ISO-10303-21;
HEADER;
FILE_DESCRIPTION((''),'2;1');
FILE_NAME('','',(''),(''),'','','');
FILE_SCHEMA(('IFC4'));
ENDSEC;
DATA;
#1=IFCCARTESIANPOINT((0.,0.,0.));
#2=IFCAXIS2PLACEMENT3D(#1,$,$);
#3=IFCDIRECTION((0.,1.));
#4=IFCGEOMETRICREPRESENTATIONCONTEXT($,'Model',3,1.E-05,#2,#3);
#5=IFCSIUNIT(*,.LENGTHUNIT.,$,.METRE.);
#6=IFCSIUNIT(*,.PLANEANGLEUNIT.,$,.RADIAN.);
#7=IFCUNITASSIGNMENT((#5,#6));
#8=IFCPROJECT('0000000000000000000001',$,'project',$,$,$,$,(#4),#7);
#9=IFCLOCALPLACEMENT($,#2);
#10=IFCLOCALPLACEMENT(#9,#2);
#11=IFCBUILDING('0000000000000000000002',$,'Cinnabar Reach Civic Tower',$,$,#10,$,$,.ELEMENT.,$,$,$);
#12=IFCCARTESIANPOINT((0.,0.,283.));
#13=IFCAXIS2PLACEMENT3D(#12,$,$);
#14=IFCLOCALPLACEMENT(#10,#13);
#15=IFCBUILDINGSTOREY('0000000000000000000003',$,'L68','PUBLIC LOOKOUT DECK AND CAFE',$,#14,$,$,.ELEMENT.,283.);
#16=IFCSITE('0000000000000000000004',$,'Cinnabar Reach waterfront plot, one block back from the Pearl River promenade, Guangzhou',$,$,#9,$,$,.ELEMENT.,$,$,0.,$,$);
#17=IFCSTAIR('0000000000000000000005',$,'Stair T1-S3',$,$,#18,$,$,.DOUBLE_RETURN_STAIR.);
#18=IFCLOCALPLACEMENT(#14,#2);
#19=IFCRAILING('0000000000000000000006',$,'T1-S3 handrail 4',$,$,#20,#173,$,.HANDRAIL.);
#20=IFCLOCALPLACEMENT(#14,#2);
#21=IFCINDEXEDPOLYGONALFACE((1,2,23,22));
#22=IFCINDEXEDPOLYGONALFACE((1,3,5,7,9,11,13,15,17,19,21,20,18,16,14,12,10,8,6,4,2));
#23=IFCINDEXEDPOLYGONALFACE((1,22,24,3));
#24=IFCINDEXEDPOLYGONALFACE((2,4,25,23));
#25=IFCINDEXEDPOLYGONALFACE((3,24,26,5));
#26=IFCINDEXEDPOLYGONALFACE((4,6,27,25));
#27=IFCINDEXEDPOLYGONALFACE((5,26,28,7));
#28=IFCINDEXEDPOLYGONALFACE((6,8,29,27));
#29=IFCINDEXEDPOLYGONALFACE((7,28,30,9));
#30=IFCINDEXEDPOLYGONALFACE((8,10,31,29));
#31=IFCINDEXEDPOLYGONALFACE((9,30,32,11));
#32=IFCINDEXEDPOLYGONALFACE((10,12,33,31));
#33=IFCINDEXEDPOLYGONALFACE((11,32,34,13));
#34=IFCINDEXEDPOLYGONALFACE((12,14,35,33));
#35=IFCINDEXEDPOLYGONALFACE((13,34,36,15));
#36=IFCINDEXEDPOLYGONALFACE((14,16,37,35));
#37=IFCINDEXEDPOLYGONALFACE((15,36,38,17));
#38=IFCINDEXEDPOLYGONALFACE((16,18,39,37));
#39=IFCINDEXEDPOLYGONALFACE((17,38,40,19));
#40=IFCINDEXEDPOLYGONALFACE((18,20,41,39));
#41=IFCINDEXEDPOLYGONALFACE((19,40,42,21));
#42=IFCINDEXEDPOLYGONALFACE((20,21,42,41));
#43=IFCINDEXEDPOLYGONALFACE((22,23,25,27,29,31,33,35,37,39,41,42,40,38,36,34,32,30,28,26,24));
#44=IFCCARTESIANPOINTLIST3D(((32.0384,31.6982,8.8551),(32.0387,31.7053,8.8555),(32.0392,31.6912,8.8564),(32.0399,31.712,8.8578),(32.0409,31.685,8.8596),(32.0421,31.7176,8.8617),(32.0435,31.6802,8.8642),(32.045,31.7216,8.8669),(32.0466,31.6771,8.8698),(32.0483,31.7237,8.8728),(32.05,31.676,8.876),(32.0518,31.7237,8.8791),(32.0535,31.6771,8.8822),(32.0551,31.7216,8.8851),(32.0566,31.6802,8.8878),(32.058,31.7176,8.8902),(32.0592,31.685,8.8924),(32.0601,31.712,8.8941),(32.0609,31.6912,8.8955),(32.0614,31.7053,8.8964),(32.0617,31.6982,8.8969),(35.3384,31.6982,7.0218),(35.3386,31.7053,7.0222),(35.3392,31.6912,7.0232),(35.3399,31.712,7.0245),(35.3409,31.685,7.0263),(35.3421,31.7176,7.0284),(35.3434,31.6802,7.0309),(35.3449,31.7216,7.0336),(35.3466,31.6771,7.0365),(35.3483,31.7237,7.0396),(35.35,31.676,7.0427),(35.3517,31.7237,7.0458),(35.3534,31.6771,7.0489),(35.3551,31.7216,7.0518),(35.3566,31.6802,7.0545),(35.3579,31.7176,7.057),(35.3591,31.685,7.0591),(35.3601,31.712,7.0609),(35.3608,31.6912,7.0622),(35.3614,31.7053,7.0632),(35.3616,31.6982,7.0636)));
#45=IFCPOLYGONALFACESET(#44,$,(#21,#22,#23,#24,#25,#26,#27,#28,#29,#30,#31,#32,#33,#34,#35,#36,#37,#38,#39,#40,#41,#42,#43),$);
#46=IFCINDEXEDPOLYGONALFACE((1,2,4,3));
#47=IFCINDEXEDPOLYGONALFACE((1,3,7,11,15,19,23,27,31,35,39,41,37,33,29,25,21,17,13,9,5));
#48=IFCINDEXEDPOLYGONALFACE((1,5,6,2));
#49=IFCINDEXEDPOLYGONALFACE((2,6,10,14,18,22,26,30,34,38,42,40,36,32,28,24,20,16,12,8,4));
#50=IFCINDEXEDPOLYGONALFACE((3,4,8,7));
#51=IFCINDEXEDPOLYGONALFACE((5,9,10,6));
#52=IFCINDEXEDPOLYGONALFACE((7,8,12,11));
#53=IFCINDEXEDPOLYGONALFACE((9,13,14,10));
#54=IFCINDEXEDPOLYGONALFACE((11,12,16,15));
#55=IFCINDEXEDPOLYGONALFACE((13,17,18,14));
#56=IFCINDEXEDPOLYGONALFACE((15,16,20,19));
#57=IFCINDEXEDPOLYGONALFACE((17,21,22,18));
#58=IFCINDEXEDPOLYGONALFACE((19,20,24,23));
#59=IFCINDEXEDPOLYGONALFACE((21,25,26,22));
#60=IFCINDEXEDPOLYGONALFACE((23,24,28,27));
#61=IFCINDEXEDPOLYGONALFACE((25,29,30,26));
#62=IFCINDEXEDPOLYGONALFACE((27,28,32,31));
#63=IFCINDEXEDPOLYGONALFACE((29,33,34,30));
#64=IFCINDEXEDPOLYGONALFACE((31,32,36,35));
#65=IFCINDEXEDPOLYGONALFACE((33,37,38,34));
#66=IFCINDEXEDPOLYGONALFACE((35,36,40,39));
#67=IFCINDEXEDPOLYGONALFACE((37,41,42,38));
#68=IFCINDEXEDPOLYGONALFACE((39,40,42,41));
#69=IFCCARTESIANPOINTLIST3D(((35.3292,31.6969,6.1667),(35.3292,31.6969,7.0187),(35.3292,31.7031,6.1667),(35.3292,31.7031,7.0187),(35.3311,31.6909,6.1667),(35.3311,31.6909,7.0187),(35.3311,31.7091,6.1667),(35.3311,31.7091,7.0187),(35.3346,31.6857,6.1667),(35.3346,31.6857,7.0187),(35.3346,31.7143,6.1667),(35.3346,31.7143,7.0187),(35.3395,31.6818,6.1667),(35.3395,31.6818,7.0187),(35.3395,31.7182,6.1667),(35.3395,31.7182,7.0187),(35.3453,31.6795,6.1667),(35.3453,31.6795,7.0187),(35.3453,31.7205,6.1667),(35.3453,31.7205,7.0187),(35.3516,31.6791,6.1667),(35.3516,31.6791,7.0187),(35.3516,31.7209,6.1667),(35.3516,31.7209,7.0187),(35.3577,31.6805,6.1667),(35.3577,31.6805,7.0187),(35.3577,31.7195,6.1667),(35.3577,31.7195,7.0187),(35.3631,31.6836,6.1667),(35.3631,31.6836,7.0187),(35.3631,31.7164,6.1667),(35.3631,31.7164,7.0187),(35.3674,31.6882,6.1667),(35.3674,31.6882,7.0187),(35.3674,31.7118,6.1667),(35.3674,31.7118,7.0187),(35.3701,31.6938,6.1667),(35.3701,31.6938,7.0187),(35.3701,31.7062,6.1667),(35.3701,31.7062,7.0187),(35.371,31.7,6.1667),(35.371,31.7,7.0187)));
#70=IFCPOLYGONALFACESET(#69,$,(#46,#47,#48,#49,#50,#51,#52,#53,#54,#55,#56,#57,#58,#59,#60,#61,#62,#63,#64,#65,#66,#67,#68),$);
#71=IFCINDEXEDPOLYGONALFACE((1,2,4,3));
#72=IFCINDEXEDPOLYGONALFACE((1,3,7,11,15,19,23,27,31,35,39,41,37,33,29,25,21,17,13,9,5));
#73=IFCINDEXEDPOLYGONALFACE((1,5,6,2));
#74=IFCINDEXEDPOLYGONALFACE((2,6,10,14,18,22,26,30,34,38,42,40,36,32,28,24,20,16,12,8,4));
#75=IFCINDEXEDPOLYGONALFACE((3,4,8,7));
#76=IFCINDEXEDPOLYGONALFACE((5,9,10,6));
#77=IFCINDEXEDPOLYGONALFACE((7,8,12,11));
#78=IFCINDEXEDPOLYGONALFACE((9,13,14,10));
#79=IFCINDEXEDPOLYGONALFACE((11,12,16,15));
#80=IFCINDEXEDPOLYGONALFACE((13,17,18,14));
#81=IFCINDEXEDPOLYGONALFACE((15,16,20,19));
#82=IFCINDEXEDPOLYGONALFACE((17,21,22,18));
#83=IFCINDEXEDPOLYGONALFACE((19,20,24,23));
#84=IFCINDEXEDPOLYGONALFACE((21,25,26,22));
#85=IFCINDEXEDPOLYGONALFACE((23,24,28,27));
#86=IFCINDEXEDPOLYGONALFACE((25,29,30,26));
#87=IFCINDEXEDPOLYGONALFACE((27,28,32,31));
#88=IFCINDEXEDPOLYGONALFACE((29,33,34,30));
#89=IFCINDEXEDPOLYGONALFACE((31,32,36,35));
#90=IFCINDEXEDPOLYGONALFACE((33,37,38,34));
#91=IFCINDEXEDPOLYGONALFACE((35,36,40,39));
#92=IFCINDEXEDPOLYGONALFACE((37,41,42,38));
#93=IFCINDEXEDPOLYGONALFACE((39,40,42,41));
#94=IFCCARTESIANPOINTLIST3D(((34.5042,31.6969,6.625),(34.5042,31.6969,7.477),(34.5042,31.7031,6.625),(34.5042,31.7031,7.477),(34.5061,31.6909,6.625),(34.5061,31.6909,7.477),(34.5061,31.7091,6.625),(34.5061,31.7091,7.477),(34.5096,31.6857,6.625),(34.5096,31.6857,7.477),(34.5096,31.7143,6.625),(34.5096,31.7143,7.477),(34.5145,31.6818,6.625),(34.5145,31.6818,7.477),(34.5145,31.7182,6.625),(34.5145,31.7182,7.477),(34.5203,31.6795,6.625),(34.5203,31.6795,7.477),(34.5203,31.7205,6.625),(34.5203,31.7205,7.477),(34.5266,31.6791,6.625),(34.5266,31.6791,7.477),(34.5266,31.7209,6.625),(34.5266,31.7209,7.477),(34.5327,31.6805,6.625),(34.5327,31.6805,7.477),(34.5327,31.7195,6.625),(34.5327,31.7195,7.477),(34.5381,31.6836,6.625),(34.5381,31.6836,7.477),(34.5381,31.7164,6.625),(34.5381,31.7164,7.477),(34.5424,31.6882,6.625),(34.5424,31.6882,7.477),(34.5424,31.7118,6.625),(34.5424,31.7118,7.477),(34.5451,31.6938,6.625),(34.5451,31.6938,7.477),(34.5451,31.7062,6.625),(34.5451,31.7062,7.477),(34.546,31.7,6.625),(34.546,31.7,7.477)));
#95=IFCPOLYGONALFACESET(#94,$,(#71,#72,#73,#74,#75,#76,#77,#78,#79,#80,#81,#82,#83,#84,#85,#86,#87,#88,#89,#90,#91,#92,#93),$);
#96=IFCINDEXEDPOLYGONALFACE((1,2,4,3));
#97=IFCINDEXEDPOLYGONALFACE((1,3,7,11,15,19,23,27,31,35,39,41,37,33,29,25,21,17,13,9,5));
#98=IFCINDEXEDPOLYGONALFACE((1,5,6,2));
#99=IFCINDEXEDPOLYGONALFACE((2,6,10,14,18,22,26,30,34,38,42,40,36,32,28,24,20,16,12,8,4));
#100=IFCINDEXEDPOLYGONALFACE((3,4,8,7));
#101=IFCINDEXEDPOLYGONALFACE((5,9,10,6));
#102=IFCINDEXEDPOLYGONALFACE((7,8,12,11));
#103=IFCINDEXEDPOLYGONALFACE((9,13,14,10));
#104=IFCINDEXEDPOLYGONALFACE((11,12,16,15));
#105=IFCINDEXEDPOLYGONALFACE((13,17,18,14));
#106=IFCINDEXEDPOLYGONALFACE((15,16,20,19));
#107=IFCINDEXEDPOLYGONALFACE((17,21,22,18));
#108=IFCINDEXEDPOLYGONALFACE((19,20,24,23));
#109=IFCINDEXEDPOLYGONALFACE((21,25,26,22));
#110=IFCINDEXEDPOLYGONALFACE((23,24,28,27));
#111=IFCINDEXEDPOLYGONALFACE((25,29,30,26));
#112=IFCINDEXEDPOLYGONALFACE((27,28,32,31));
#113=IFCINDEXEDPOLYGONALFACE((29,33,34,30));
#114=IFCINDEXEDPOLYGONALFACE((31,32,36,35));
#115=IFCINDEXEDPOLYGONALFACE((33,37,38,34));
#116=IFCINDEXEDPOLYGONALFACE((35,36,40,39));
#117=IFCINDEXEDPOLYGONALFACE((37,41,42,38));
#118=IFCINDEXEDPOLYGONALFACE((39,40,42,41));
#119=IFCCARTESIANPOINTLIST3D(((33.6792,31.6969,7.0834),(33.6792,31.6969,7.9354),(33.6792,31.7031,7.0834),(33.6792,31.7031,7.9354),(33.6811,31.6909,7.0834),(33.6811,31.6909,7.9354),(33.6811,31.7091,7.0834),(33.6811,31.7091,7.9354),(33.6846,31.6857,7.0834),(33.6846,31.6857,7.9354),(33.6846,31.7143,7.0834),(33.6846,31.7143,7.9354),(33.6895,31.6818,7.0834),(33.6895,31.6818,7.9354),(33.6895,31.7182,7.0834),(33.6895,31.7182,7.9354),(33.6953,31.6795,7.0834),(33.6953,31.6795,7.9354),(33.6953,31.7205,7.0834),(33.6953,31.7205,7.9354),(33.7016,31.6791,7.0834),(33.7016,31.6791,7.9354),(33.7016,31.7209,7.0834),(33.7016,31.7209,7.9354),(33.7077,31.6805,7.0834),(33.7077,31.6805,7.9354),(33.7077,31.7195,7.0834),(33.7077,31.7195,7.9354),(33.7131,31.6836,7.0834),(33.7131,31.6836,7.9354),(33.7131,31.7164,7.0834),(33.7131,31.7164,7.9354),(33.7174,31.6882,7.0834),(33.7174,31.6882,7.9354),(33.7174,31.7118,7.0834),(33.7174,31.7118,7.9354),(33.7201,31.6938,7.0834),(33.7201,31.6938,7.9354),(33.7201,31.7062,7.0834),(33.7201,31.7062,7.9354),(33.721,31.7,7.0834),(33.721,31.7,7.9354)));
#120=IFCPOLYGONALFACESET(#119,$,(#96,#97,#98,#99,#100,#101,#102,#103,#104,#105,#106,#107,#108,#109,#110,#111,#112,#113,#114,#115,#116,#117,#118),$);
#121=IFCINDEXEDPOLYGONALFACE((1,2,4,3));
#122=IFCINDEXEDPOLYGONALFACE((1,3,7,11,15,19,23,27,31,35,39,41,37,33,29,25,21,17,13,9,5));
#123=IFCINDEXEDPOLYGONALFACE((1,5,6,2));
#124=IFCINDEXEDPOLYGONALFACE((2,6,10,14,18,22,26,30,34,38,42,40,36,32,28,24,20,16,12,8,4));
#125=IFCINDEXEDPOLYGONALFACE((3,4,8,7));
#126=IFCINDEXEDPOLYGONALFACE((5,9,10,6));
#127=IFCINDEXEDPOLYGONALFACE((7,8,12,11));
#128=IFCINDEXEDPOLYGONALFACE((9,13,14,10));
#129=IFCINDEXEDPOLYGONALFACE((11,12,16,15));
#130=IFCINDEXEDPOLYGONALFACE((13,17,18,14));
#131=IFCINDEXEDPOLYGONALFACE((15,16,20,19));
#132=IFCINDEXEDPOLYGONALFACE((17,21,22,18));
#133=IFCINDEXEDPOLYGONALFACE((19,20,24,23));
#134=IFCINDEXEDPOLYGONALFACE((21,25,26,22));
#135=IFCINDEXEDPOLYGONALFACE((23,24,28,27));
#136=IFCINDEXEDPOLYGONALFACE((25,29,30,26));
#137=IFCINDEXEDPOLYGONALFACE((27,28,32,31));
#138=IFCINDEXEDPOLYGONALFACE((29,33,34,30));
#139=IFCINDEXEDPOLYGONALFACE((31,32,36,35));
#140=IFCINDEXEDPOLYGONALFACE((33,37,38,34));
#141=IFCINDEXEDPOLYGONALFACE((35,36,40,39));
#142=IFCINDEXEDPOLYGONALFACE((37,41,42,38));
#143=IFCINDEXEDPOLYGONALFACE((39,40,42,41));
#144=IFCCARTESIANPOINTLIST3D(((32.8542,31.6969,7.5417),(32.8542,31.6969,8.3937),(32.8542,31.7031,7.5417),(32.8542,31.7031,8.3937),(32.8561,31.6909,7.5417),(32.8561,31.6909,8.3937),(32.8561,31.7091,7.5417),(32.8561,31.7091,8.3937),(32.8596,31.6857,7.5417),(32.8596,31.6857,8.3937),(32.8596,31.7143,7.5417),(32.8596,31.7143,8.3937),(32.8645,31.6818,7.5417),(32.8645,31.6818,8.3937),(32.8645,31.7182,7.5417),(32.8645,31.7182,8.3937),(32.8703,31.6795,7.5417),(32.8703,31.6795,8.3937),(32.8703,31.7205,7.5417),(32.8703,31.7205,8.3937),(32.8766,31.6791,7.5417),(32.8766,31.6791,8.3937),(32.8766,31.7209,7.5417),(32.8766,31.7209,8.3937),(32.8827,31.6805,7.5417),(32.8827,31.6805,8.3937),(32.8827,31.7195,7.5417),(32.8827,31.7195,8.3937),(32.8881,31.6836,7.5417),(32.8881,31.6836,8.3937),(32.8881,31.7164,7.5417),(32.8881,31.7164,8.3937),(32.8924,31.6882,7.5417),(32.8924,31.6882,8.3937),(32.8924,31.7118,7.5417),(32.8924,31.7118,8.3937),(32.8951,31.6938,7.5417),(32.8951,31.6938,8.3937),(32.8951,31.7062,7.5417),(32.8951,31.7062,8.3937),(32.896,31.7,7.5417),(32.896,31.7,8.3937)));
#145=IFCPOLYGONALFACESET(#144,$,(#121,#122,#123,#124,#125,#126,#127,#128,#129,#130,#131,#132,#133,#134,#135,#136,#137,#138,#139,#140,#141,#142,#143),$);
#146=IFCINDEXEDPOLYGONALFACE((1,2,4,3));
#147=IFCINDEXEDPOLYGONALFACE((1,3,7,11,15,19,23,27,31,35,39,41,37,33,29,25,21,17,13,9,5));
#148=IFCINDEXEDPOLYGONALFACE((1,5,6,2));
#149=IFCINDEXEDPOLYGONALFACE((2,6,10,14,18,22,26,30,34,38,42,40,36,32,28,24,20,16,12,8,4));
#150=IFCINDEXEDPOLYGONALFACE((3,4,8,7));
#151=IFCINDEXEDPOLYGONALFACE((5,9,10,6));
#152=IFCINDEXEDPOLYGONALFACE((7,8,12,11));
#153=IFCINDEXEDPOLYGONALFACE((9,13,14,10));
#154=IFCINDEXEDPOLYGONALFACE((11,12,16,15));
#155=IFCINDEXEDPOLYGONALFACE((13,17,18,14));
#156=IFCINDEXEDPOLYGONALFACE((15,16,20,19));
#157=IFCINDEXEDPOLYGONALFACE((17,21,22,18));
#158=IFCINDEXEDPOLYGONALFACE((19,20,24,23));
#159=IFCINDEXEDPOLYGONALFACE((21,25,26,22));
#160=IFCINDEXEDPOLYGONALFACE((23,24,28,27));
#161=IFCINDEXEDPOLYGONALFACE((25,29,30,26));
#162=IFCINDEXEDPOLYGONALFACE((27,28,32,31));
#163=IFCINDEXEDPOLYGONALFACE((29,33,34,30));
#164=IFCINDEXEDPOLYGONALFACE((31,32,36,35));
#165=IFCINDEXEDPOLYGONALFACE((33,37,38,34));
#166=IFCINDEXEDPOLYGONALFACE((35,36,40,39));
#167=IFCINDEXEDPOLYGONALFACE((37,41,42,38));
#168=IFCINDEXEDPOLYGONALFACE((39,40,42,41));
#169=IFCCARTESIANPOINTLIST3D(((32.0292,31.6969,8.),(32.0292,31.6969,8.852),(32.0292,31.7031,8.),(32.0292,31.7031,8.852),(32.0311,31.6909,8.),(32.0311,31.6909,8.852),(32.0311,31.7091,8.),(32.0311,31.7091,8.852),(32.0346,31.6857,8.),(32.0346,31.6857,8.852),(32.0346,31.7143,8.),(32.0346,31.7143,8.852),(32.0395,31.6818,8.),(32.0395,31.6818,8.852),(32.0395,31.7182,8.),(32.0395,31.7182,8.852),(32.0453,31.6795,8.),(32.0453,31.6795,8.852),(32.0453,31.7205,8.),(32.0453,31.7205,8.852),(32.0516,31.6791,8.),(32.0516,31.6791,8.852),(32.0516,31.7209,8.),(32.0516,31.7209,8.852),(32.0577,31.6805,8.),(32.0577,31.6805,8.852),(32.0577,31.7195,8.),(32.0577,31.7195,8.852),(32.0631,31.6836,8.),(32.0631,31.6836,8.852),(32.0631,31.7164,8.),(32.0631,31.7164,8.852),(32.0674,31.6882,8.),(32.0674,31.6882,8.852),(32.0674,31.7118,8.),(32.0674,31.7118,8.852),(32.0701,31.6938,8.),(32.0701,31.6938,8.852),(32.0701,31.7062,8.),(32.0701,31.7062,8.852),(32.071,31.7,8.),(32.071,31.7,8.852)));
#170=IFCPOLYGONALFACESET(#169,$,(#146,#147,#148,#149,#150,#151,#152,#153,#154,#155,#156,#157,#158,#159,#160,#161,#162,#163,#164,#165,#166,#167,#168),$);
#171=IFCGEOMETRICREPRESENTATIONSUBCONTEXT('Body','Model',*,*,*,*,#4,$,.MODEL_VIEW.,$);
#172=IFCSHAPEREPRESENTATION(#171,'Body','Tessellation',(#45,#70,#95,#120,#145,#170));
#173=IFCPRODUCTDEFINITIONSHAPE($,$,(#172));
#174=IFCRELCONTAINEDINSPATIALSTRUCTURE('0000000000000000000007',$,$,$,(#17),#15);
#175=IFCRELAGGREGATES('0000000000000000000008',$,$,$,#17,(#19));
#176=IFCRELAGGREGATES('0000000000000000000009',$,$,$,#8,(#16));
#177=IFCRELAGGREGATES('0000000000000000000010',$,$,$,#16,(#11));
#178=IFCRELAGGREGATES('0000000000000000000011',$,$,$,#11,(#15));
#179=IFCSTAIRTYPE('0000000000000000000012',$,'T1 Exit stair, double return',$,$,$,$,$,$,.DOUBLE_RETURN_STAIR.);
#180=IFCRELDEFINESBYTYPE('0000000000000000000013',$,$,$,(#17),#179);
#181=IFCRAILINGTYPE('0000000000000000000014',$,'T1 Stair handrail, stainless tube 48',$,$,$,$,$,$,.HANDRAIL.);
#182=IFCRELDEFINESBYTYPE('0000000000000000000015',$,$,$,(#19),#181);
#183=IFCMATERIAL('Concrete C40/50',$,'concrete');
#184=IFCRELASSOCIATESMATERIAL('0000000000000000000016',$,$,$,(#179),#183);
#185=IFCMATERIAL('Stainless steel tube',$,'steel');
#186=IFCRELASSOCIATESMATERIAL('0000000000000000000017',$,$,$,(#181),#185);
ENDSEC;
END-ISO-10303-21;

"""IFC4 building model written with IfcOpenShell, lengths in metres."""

from ifc_helpers import new_model, si_unit, direction, frame, origin, origin_2d, place, context, subcontext, project, spatial, circle, extrude, material, type_object, element, aggregate, save


model = new_model("IFC4")

# Units and contexts
model_context = context("Model", 3, precision=1e-05, world=origin(), true_north=direction((0.0, 1.0)))
body_context = subcontext(model_context, "Body", "Model", "MODEL_VIEW")
ifc_project = project(units=[si_unit("LENGTHUNIT", "METRE"), si_unit("PLANEANGLEUNIT", "RADIAN")], contexts=[model_context])

# Site, building, storey
site_placement = place(None, origin())
site = spatial("IfcSite", under=ifc_project, at=site_placement, Name="Cinnabar Reach waterfront plot, one block back from the Pearl River promenade, Guangzhou", CompositionType="ELEMENT", RefElevation=0.0)
building_placement = place(site_placement, origin())
building = spatial("IfcBuilding", under=site, at=building_placement, Name="Cinnabar Reach Civic Tower", CompositionType="ELEMENT")
storey_placement = place(building_placement, frame((0.0, 0.0, 283.0)))
storey = spatial("IfcBuildingStorey", under=building, at=storey_placement, Name="L68", Description="PUBLIC LOOKOUT DECK AND CAFE", CompositionType="ELEMENT", Elevation=283.0)

# Stair, railing
ifc_material_1 = material(Name="Concrete C40/50", Category="concrete")
stair_type = type_object("IfcStairType", Name="T1 Exit stair, double return", PredefinedType="DOUBLE_RETURN_STAIR", material=ifc_material_1)
stair_placement = place(storey_placement, origin())
stair = element("IfcStair", 1, at=stair_placement, inside=storey, type_object=stair_type, Name="Stair T1-S3", PredefinedType="DOUBLE_RETURN_STAIR")
ifc_material_2 = material(Name="Stainless steel tube", Category="steel")
railing_type = type_object("IfcRailingType", Name="T1 Stair handrail, stainless tube 48", PredefinedType="HANDRAIL", material=ifc_material_2)
railing_1_placement = place(storey_placement, frame((35.35, 31.7, 6.1667)))
railing_1 = element("IfcRailing", 2, at=railing_1_placement, type_object=railing_type, Name="T1-S3 handrail 4", PredefinedType="HANDRAIL", context=body_context, shape_type="SweptSolid", body=[
    extrude(circle(Radius=0.024, at=origin_2d()), frame((0.0, 0.0, 0.876), z_axis=(-0.874161, 0.0, 0.485636), x_axis=(0.0, -1.0, 0.0)), (0.0, 0.0, 1.0), 3.775),
    extrude(circle(Radius=0.021, at=origin_2d()), origin(), (0.0, 0.0, 1.0), 0.852),
    extrude(circle(Radius=0.021, at=origin_2d()), frame((-0.825, 0.0, 0.4583)), (0.0, 0.0, 1.0), 0.852),
    extrude(circle(Radius=0.021, at=origin_2d()), frame((-1.65, 0.0, 0.9167)), (0.0, 0.0, 1.0), 0.852),
    extrude(circle(Radius=0.021, at=origin_2d()), frame((-2.475, 0.0, 1.375)), (0.0, 0.0, 1.0), 0.852),
    extrude(circle(Radius=0.021, at=origin_2d()), frame((-3.3, 0.0, 1.8333)), (0.0, 0.0, 1.0), 0.852),
])
aggregate(stair, [railing_1])

save(model, "model.ifc")
